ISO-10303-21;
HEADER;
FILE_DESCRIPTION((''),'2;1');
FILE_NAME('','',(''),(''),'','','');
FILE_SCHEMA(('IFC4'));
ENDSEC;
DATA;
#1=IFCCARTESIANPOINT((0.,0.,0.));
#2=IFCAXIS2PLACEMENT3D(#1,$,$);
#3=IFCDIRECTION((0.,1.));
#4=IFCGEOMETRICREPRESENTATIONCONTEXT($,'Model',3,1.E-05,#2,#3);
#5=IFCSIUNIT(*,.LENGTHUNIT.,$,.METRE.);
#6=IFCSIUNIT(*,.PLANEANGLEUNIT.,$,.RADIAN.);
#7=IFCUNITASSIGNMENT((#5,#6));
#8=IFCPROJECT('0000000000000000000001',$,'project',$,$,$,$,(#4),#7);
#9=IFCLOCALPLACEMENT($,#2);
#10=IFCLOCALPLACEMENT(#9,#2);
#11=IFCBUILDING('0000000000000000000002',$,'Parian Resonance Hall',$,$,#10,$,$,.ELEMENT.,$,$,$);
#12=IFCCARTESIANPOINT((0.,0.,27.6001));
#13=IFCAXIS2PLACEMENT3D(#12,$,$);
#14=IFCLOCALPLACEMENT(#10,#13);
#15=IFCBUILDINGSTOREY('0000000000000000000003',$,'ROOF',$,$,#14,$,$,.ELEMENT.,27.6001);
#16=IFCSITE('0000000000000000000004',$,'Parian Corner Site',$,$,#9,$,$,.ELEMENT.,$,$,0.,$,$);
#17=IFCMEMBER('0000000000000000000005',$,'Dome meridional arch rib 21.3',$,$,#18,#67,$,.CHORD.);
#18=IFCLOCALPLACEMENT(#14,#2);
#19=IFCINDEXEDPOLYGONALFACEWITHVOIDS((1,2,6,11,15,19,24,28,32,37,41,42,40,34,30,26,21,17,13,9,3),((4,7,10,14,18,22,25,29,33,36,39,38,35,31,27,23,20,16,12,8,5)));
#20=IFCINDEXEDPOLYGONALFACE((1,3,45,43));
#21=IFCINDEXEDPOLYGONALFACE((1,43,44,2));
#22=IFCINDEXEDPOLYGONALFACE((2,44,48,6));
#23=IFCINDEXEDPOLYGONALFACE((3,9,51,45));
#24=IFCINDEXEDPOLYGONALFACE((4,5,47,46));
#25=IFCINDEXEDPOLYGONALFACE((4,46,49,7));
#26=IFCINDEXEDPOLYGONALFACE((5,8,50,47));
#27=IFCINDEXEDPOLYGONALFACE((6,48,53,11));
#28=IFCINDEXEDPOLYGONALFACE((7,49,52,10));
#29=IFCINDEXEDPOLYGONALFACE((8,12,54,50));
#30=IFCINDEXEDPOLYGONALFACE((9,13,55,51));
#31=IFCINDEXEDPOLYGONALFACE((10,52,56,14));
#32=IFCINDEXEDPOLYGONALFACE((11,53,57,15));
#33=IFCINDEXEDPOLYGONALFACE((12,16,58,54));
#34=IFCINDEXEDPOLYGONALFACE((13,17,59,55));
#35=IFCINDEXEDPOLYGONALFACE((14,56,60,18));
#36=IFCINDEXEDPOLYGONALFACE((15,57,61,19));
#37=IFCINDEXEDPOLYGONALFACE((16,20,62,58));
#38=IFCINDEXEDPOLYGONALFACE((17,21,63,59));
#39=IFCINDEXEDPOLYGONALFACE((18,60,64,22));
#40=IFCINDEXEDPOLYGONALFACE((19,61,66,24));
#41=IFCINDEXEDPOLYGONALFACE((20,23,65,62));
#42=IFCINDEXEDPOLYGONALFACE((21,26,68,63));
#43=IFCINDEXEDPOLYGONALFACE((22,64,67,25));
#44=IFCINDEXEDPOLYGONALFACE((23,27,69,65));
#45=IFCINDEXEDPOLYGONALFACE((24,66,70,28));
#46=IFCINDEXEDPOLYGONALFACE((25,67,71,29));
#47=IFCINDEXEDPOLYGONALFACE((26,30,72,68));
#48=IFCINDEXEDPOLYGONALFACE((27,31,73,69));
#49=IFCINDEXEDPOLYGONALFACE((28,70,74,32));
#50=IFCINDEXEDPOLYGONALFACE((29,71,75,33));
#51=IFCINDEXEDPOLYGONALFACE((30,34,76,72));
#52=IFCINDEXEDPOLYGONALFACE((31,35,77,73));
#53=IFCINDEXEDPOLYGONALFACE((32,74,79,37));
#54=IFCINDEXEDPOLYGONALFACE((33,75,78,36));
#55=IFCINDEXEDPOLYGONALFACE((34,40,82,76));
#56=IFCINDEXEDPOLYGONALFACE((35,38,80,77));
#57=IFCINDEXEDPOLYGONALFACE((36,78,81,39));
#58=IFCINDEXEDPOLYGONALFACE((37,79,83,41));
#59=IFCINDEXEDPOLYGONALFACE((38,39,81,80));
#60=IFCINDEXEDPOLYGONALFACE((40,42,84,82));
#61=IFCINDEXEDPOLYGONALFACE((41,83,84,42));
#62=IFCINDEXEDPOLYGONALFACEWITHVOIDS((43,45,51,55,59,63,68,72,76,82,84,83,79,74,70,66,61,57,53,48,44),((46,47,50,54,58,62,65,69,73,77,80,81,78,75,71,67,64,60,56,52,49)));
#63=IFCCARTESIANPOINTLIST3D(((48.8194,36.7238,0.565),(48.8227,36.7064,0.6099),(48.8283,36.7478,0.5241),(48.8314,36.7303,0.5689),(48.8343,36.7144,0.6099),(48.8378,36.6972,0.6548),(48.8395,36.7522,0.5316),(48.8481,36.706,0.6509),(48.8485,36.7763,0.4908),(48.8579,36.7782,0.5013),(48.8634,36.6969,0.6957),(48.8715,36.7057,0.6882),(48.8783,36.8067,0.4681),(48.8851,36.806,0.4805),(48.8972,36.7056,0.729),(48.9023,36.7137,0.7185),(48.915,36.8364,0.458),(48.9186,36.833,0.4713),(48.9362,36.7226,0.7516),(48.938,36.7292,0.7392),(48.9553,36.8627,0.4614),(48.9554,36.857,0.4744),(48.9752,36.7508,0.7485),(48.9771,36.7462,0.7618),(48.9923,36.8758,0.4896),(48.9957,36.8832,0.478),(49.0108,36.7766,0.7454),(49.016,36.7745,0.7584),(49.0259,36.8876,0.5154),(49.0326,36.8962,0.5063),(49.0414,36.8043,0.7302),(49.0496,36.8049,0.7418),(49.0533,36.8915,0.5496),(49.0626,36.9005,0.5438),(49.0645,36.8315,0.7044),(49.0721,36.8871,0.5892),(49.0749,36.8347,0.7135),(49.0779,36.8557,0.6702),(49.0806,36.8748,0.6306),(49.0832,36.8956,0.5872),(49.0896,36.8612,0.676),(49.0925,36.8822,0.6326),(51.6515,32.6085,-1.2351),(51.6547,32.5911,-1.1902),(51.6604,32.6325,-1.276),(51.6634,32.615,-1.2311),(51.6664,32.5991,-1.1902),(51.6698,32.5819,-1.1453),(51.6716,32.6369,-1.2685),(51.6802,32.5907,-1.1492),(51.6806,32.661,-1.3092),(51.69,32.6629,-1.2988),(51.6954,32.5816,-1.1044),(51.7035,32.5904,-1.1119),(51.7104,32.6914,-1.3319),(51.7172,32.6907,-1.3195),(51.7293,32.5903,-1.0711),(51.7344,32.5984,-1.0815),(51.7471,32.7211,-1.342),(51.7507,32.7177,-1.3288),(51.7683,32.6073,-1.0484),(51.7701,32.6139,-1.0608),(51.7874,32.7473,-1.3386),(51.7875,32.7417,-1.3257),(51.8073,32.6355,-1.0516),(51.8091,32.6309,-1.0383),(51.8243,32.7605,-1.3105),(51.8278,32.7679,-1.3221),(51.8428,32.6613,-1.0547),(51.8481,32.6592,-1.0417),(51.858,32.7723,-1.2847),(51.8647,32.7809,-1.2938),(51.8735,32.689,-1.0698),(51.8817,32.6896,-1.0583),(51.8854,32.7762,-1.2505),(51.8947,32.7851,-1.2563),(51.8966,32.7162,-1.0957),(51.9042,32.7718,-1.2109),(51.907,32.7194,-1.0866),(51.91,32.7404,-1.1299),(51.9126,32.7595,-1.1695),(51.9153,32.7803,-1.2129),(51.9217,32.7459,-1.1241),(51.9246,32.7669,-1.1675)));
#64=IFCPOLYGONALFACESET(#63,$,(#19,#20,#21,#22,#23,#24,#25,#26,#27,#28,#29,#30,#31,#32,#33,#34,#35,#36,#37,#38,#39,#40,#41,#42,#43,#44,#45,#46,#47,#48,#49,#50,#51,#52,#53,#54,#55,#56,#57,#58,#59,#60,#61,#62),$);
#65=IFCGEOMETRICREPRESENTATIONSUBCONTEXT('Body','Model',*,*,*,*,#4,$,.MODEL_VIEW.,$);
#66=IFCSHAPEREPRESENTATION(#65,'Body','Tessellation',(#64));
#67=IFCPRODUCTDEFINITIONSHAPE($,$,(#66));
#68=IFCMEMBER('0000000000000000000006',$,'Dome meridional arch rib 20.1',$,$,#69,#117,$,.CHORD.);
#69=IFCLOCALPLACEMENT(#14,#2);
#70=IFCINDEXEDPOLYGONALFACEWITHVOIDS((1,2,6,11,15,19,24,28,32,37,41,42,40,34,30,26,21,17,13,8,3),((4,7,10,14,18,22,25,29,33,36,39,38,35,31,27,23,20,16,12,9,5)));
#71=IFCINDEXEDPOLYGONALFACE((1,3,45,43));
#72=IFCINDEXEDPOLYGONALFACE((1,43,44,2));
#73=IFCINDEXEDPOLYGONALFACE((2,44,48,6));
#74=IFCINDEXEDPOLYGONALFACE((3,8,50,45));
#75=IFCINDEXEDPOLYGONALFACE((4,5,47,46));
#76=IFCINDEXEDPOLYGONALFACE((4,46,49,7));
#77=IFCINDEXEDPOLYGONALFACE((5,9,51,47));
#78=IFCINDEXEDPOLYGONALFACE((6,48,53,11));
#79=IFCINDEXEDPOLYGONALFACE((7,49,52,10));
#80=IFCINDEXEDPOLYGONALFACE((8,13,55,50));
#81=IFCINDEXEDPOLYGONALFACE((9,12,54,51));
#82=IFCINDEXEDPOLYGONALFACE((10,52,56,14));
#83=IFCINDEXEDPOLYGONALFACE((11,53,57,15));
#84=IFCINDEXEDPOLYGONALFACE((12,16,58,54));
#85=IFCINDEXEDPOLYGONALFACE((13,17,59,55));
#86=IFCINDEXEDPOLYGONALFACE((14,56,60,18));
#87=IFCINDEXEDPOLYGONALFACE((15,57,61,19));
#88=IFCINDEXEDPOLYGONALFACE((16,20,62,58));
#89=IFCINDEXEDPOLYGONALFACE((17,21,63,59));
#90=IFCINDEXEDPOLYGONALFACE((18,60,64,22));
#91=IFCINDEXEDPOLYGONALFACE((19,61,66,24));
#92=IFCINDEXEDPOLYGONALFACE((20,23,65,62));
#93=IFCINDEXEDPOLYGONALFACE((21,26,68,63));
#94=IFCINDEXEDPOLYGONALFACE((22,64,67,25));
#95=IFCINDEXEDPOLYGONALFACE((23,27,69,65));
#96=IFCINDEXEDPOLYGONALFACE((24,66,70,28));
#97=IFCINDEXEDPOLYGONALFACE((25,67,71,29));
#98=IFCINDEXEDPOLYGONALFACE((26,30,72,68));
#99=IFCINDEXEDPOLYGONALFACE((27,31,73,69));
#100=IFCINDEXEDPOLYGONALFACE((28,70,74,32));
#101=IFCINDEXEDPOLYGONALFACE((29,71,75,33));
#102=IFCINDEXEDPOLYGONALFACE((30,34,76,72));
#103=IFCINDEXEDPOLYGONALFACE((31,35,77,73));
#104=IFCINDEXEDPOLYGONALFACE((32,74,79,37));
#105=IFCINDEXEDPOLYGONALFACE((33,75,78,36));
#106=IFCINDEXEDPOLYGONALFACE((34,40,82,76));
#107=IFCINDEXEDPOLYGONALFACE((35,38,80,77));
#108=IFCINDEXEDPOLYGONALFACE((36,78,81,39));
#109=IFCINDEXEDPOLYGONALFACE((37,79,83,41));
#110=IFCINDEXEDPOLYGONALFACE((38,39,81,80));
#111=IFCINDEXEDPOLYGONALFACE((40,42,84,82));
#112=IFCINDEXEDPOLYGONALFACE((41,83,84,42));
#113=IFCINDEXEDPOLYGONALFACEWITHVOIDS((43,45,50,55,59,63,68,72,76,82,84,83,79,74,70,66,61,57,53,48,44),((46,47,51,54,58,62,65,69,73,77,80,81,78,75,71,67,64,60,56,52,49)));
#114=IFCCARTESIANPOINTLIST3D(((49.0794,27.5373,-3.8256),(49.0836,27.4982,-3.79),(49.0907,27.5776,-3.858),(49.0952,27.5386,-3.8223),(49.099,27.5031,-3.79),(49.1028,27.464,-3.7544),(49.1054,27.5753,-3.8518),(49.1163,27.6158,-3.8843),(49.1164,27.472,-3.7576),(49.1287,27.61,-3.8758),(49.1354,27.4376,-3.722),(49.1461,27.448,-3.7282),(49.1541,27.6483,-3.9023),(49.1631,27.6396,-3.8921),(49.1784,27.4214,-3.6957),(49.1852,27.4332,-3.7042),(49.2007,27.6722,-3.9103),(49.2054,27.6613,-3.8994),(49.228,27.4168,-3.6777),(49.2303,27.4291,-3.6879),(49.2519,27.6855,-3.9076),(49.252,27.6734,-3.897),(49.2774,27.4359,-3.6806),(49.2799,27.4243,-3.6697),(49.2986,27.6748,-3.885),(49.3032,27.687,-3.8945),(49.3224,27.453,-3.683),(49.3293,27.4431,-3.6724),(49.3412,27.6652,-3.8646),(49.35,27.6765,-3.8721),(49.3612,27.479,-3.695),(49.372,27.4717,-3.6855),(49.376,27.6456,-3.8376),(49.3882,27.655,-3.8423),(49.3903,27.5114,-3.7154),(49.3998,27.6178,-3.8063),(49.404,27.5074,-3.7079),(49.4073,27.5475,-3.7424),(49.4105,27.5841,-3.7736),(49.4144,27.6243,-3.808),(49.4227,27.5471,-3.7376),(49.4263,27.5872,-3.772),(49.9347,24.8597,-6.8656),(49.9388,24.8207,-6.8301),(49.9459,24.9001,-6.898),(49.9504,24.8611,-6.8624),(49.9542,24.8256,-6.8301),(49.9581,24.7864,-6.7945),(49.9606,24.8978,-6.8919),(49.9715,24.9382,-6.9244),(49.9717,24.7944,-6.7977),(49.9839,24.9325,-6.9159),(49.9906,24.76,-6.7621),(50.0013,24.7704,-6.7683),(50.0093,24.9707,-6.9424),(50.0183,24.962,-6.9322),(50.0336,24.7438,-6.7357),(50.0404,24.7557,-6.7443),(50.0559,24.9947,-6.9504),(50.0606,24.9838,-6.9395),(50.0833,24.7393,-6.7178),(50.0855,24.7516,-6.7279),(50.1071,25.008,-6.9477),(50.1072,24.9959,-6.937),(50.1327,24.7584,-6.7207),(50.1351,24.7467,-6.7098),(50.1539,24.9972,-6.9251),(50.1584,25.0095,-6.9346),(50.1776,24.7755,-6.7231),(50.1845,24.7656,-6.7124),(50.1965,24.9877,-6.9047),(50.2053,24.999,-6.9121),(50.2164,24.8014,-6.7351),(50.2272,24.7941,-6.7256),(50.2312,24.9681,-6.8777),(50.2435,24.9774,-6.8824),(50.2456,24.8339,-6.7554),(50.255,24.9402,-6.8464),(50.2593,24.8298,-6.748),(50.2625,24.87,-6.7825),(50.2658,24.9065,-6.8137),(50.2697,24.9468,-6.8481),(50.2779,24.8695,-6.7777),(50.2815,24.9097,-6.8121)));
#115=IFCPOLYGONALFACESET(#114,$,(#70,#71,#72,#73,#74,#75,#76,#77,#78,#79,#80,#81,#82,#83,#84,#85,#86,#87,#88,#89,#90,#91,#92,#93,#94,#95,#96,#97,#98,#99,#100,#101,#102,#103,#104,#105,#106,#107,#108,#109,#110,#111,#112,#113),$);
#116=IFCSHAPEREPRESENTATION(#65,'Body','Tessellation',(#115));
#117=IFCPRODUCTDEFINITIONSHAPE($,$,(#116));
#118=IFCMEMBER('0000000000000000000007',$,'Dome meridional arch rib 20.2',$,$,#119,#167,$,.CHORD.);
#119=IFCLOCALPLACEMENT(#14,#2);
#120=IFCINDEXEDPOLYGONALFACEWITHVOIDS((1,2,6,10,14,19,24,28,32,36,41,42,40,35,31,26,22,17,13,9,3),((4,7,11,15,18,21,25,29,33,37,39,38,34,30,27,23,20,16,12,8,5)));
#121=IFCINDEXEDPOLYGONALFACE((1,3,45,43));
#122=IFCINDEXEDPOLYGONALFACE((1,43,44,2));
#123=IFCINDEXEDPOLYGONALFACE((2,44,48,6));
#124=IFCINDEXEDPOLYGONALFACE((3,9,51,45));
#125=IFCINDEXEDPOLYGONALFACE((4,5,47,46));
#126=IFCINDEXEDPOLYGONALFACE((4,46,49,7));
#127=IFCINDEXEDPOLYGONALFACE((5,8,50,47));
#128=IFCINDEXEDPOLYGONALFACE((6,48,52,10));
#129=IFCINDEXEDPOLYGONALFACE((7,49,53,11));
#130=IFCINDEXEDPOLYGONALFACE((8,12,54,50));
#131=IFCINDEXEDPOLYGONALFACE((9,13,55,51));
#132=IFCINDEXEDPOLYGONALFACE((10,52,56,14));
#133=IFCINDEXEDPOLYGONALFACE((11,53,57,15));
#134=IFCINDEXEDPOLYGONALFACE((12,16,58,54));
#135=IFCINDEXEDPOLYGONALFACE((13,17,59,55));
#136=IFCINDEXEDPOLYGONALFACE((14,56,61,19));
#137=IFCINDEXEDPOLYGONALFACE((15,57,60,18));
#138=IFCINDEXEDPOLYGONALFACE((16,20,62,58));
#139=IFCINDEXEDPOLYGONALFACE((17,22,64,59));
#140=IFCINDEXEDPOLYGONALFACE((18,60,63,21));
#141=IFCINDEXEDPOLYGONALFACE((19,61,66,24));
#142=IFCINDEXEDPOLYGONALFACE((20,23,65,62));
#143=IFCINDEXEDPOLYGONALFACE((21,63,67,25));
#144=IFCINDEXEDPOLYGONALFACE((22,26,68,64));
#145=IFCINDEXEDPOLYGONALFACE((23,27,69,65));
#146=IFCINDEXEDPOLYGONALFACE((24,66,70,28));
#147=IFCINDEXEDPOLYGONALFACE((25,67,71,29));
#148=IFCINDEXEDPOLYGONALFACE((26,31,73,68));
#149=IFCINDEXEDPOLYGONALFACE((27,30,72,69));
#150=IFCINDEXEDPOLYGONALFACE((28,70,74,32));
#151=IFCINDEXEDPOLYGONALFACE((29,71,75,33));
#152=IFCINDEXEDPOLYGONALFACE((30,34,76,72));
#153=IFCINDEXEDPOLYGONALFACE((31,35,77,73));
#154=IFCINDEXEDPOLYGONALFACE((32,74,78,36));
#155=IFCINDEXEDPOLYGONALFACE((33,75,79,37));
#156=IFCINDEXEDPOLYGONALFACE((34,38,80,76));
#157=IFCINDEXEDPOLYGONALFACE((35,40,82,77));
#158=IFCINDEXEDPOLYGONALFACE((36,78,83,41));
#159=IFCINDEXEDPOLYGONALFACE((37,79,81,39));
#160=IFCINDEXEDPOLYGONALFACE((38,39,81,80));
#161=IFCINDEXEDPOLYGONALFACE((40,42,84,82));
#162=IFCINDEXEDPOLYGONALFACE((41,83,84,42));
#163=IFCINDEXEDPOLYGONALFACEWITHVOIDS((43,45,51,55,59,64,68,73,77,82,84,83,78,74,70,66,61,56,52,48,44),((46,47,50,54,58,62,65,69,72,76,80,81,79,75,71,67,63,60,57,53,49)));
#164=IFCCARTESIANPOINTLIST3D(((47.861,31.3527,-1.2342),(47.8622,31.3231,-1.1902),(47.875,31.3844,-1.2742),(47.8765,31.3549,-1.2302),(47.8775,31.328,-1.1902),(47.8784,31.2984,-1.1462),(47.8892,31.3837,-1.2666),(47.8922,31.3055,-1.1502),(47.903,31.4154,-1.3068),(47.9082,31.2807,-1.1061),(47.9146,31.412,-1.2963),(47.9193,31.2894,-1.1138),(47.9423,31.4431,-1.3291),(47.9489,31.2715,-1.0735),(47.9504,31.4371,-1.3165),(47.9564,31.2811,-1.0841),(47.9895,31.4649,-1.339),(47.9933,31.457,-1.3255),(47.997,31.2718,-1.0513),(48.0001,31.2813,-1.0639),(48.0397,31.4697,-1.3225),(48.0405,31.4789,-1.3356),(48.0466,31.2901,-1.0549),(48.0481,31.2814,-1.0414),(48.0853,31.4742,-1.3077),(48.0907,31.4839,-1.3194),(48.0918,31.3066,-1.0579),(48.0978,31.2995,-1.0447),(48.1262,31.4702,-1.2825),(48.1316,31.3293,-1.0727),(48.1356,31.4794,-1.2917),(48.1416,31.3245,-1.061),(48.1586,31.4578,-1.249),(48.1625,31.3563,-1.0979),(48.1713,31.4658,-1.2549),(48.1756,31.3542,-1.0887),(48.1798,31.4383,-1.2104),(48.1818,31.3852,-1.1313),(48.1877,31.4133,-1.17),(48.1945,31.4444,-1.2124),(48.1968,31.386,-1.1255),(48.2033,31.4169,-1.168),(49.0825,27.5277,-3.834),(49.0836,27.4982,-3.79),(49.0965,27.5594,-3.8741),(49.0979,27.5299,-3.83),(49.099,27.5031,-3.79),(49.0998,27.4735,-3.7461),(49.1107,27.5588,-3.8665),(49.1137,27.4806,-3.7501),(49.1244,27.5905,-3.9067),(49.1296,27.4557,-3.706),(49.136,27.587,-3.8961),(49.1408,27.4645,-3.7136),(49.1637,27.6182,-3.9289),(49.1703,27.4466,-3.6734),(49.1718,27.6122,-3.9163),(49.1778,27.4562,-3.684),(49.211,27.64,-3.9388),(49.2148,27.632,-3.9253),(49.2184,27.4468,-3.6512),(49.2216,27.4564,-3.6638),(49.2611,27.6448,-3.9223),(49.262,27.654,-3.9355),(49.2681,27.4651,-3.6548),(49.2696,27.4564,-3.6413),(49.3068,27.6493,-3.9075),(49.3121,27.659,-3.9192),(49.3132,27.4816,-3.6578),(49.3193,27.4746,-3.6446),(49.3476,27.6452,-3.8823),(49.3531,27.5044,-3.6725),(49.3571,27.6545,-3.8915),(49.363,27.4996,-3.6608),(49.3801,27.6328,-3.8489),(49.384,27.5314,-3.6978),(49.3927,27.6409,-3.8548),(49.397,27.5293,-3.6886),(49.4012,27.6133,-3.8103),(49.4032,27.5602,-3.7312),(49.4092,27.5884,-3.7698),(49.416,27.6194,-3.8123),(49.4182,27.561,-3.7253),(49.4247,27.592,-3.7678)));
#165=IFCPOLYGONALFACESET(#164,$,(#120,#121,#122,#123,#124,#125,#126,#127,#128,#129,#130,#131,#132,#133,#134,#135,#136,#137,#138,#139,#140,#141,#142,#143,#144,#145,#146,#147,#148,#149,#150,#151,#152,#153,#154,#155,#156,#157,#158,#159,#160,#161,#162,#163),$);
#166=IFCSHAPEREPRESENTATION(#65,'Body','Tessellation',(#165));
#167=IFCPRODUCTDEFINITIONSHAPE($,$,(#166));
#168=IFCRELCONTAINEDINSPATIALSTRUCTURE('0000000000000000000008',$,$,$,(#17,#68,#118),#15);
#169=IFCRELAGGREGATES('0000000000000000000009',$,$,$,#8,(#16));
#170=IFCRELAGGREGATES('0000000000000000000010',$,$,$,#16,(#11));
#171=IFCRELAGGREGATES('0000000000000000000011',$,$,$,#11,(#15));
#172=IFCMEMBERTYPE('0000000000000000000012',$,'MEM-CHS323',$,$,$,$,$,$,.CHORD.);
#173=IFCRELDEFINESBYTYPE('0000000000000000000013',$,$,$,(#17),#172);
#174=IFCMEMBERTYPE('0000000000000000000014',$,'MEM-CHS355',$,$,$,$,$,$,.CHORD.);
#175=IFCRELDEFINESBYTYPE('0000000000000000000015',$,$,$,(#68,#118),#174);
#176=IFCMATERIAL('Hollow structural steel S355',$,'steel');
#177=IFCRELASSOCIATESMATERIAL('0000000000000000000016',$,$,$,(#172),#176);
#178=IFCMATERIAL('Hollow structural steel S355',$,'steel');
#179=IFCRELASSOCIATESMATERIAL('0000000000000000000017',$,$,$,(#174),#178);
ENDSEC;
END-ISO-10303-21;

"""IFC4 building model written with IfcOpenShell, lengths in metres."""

from ifc_helpers import new_model, si_unit, direction, frame, origin, origin_2d, place, context, subcontext, project, spatial, hollow_circle, extrude, material, material_profile, profile_set, type_object, element, save


model = new_model("IFC4")

# Units and contexts
model_context = context("Model", 3, precision=1e-05, world=origin(), true_north=direction((0.0, 1.0)))
body_context = subcontext(model_context, "Body", "Model", "MODEL_VIEW")
ifc_project = project(units=[si_unit("LENGTHUNIT", "METRE"), si_unit("PLANEANGLEUNIT", "RADIAN")], contexts=[model_context])

# Site, building, storey
site_placement = place(None, origin())
site = spatial("IfcSite", under=ifc_project, at=site_placement, Name="Parian Corner Site", CompositionType="ELEMENT", RefElevation=0.0)
building_placement = place(site_placement, origin())
building = spatial("IfcBuilding", under=site, at=building_placement, Name="Parian Resonance Hall", CompositionType="ELEMENT")
storey_placement = place(building_placement, frame((0.0, 0.0, 27.6001)))
storey = spatial("IfcBuildingStorey", under=building, at=storey_placement, Name="ROOF", CompositionType="ELEMENT", Elevation=27.6001)

# Members
ifc_material_1 = material(Name="Hollow structural steel S355", Category="steel")
ifc_material_profile_1 = material_profile(ifc_material_1, hollow_circle(Radius=0.1619, WallThickness=0.0142, at=origin_2d()), Name="CHS323.9x14.2")
ifc_profile_set_1 = profile_set([ifc_material_profile_1], Name="Hollow structural steel S355")
member_type_1 = type_object("IfcMemberType", Name="MEM-CHS323", PredefinedType="CHORD", material=ifc_profile_set_1)
member_1_placement = place(storey_placement, frame((51.7881, 32.6829, -1.1902), z_axis=(-0.533343, 0.775002, 0.338994), x_axis=(-0.823779, -0.56691, 0.0)))
element("IfcMember", 1, at=member_1_placement, inside=storey, type_object=member_type_1, Name="Dome meridional arch rib 21.3", PredefinedType="CHORD", context=body_context, shape_type="SweptSolid", body=[
    extrude(hollow_circle(Radius=0.1619, WallThickness=0.0142, at=origin_2d()), origin(), (0.0, 0.0, 1.0), 5.3101),
])
ifc_material_2 = material(Name="Hollow structural steel S355", Category="steel")
ifc_material_profile_2 = material_profile(ifc_material_2, hollow_circle(Radius=0.1777, WallThickness=0.0161, at=origin_2d()), Name="CHS355.6x16")
ifc_profile_set_2 = profile_set([ifc_material_profile_2], Name="Hollow structural steel S355")
member_type_2 = type_object("IfcMemberType", Name="MEM-CHS355", PredefinedType="CHORD", material=ifc_profile_set_2)
member_2_placement = place(storey_placement, frame((50.1082, 24.8748, -6.8301), z_axis=(-0.20656, 0.646688, 0.734253), x_axis=(-0.952586, -0.304268, 0.0)))
element("IfcMember", 2, at=member_2_placement, inside=storey, type_object=member_type_2, Name="Dome meridional arch rib 20.1", PredefinedType="CHORD", context=body_context, shape_type="SweptSolid", body=[
    extrude(hollow_circle(Radius=0.1777, WallThickness=0.0161, at=origin_2d()), origin(), (0.0, 0.0, 1.0), 4.1404),
])
member_3_placement = place(storey_placement, frame((49.2529, 27.5522, -3.79), z_axis=(-0.255346, 0.799622, 0.54351), x_axis=(-0.952608, -0.3042, 0.0)))
element("IfcMember", 3, at=member_3_placement, inside=storey, type_object=member_type_2, Name="Dome meridional arch rib 20.2", PredefinedType="CHORD", context=body_context, shape_type="SweptSolid", body=[
    extrude(hollow_circle(Radius=0.1777, WallThickness=0.0161, at=origin_2d()), origin(), (0.0, 0.0, 1.0), 4.7834),
])

save(model, "model.ifc")
